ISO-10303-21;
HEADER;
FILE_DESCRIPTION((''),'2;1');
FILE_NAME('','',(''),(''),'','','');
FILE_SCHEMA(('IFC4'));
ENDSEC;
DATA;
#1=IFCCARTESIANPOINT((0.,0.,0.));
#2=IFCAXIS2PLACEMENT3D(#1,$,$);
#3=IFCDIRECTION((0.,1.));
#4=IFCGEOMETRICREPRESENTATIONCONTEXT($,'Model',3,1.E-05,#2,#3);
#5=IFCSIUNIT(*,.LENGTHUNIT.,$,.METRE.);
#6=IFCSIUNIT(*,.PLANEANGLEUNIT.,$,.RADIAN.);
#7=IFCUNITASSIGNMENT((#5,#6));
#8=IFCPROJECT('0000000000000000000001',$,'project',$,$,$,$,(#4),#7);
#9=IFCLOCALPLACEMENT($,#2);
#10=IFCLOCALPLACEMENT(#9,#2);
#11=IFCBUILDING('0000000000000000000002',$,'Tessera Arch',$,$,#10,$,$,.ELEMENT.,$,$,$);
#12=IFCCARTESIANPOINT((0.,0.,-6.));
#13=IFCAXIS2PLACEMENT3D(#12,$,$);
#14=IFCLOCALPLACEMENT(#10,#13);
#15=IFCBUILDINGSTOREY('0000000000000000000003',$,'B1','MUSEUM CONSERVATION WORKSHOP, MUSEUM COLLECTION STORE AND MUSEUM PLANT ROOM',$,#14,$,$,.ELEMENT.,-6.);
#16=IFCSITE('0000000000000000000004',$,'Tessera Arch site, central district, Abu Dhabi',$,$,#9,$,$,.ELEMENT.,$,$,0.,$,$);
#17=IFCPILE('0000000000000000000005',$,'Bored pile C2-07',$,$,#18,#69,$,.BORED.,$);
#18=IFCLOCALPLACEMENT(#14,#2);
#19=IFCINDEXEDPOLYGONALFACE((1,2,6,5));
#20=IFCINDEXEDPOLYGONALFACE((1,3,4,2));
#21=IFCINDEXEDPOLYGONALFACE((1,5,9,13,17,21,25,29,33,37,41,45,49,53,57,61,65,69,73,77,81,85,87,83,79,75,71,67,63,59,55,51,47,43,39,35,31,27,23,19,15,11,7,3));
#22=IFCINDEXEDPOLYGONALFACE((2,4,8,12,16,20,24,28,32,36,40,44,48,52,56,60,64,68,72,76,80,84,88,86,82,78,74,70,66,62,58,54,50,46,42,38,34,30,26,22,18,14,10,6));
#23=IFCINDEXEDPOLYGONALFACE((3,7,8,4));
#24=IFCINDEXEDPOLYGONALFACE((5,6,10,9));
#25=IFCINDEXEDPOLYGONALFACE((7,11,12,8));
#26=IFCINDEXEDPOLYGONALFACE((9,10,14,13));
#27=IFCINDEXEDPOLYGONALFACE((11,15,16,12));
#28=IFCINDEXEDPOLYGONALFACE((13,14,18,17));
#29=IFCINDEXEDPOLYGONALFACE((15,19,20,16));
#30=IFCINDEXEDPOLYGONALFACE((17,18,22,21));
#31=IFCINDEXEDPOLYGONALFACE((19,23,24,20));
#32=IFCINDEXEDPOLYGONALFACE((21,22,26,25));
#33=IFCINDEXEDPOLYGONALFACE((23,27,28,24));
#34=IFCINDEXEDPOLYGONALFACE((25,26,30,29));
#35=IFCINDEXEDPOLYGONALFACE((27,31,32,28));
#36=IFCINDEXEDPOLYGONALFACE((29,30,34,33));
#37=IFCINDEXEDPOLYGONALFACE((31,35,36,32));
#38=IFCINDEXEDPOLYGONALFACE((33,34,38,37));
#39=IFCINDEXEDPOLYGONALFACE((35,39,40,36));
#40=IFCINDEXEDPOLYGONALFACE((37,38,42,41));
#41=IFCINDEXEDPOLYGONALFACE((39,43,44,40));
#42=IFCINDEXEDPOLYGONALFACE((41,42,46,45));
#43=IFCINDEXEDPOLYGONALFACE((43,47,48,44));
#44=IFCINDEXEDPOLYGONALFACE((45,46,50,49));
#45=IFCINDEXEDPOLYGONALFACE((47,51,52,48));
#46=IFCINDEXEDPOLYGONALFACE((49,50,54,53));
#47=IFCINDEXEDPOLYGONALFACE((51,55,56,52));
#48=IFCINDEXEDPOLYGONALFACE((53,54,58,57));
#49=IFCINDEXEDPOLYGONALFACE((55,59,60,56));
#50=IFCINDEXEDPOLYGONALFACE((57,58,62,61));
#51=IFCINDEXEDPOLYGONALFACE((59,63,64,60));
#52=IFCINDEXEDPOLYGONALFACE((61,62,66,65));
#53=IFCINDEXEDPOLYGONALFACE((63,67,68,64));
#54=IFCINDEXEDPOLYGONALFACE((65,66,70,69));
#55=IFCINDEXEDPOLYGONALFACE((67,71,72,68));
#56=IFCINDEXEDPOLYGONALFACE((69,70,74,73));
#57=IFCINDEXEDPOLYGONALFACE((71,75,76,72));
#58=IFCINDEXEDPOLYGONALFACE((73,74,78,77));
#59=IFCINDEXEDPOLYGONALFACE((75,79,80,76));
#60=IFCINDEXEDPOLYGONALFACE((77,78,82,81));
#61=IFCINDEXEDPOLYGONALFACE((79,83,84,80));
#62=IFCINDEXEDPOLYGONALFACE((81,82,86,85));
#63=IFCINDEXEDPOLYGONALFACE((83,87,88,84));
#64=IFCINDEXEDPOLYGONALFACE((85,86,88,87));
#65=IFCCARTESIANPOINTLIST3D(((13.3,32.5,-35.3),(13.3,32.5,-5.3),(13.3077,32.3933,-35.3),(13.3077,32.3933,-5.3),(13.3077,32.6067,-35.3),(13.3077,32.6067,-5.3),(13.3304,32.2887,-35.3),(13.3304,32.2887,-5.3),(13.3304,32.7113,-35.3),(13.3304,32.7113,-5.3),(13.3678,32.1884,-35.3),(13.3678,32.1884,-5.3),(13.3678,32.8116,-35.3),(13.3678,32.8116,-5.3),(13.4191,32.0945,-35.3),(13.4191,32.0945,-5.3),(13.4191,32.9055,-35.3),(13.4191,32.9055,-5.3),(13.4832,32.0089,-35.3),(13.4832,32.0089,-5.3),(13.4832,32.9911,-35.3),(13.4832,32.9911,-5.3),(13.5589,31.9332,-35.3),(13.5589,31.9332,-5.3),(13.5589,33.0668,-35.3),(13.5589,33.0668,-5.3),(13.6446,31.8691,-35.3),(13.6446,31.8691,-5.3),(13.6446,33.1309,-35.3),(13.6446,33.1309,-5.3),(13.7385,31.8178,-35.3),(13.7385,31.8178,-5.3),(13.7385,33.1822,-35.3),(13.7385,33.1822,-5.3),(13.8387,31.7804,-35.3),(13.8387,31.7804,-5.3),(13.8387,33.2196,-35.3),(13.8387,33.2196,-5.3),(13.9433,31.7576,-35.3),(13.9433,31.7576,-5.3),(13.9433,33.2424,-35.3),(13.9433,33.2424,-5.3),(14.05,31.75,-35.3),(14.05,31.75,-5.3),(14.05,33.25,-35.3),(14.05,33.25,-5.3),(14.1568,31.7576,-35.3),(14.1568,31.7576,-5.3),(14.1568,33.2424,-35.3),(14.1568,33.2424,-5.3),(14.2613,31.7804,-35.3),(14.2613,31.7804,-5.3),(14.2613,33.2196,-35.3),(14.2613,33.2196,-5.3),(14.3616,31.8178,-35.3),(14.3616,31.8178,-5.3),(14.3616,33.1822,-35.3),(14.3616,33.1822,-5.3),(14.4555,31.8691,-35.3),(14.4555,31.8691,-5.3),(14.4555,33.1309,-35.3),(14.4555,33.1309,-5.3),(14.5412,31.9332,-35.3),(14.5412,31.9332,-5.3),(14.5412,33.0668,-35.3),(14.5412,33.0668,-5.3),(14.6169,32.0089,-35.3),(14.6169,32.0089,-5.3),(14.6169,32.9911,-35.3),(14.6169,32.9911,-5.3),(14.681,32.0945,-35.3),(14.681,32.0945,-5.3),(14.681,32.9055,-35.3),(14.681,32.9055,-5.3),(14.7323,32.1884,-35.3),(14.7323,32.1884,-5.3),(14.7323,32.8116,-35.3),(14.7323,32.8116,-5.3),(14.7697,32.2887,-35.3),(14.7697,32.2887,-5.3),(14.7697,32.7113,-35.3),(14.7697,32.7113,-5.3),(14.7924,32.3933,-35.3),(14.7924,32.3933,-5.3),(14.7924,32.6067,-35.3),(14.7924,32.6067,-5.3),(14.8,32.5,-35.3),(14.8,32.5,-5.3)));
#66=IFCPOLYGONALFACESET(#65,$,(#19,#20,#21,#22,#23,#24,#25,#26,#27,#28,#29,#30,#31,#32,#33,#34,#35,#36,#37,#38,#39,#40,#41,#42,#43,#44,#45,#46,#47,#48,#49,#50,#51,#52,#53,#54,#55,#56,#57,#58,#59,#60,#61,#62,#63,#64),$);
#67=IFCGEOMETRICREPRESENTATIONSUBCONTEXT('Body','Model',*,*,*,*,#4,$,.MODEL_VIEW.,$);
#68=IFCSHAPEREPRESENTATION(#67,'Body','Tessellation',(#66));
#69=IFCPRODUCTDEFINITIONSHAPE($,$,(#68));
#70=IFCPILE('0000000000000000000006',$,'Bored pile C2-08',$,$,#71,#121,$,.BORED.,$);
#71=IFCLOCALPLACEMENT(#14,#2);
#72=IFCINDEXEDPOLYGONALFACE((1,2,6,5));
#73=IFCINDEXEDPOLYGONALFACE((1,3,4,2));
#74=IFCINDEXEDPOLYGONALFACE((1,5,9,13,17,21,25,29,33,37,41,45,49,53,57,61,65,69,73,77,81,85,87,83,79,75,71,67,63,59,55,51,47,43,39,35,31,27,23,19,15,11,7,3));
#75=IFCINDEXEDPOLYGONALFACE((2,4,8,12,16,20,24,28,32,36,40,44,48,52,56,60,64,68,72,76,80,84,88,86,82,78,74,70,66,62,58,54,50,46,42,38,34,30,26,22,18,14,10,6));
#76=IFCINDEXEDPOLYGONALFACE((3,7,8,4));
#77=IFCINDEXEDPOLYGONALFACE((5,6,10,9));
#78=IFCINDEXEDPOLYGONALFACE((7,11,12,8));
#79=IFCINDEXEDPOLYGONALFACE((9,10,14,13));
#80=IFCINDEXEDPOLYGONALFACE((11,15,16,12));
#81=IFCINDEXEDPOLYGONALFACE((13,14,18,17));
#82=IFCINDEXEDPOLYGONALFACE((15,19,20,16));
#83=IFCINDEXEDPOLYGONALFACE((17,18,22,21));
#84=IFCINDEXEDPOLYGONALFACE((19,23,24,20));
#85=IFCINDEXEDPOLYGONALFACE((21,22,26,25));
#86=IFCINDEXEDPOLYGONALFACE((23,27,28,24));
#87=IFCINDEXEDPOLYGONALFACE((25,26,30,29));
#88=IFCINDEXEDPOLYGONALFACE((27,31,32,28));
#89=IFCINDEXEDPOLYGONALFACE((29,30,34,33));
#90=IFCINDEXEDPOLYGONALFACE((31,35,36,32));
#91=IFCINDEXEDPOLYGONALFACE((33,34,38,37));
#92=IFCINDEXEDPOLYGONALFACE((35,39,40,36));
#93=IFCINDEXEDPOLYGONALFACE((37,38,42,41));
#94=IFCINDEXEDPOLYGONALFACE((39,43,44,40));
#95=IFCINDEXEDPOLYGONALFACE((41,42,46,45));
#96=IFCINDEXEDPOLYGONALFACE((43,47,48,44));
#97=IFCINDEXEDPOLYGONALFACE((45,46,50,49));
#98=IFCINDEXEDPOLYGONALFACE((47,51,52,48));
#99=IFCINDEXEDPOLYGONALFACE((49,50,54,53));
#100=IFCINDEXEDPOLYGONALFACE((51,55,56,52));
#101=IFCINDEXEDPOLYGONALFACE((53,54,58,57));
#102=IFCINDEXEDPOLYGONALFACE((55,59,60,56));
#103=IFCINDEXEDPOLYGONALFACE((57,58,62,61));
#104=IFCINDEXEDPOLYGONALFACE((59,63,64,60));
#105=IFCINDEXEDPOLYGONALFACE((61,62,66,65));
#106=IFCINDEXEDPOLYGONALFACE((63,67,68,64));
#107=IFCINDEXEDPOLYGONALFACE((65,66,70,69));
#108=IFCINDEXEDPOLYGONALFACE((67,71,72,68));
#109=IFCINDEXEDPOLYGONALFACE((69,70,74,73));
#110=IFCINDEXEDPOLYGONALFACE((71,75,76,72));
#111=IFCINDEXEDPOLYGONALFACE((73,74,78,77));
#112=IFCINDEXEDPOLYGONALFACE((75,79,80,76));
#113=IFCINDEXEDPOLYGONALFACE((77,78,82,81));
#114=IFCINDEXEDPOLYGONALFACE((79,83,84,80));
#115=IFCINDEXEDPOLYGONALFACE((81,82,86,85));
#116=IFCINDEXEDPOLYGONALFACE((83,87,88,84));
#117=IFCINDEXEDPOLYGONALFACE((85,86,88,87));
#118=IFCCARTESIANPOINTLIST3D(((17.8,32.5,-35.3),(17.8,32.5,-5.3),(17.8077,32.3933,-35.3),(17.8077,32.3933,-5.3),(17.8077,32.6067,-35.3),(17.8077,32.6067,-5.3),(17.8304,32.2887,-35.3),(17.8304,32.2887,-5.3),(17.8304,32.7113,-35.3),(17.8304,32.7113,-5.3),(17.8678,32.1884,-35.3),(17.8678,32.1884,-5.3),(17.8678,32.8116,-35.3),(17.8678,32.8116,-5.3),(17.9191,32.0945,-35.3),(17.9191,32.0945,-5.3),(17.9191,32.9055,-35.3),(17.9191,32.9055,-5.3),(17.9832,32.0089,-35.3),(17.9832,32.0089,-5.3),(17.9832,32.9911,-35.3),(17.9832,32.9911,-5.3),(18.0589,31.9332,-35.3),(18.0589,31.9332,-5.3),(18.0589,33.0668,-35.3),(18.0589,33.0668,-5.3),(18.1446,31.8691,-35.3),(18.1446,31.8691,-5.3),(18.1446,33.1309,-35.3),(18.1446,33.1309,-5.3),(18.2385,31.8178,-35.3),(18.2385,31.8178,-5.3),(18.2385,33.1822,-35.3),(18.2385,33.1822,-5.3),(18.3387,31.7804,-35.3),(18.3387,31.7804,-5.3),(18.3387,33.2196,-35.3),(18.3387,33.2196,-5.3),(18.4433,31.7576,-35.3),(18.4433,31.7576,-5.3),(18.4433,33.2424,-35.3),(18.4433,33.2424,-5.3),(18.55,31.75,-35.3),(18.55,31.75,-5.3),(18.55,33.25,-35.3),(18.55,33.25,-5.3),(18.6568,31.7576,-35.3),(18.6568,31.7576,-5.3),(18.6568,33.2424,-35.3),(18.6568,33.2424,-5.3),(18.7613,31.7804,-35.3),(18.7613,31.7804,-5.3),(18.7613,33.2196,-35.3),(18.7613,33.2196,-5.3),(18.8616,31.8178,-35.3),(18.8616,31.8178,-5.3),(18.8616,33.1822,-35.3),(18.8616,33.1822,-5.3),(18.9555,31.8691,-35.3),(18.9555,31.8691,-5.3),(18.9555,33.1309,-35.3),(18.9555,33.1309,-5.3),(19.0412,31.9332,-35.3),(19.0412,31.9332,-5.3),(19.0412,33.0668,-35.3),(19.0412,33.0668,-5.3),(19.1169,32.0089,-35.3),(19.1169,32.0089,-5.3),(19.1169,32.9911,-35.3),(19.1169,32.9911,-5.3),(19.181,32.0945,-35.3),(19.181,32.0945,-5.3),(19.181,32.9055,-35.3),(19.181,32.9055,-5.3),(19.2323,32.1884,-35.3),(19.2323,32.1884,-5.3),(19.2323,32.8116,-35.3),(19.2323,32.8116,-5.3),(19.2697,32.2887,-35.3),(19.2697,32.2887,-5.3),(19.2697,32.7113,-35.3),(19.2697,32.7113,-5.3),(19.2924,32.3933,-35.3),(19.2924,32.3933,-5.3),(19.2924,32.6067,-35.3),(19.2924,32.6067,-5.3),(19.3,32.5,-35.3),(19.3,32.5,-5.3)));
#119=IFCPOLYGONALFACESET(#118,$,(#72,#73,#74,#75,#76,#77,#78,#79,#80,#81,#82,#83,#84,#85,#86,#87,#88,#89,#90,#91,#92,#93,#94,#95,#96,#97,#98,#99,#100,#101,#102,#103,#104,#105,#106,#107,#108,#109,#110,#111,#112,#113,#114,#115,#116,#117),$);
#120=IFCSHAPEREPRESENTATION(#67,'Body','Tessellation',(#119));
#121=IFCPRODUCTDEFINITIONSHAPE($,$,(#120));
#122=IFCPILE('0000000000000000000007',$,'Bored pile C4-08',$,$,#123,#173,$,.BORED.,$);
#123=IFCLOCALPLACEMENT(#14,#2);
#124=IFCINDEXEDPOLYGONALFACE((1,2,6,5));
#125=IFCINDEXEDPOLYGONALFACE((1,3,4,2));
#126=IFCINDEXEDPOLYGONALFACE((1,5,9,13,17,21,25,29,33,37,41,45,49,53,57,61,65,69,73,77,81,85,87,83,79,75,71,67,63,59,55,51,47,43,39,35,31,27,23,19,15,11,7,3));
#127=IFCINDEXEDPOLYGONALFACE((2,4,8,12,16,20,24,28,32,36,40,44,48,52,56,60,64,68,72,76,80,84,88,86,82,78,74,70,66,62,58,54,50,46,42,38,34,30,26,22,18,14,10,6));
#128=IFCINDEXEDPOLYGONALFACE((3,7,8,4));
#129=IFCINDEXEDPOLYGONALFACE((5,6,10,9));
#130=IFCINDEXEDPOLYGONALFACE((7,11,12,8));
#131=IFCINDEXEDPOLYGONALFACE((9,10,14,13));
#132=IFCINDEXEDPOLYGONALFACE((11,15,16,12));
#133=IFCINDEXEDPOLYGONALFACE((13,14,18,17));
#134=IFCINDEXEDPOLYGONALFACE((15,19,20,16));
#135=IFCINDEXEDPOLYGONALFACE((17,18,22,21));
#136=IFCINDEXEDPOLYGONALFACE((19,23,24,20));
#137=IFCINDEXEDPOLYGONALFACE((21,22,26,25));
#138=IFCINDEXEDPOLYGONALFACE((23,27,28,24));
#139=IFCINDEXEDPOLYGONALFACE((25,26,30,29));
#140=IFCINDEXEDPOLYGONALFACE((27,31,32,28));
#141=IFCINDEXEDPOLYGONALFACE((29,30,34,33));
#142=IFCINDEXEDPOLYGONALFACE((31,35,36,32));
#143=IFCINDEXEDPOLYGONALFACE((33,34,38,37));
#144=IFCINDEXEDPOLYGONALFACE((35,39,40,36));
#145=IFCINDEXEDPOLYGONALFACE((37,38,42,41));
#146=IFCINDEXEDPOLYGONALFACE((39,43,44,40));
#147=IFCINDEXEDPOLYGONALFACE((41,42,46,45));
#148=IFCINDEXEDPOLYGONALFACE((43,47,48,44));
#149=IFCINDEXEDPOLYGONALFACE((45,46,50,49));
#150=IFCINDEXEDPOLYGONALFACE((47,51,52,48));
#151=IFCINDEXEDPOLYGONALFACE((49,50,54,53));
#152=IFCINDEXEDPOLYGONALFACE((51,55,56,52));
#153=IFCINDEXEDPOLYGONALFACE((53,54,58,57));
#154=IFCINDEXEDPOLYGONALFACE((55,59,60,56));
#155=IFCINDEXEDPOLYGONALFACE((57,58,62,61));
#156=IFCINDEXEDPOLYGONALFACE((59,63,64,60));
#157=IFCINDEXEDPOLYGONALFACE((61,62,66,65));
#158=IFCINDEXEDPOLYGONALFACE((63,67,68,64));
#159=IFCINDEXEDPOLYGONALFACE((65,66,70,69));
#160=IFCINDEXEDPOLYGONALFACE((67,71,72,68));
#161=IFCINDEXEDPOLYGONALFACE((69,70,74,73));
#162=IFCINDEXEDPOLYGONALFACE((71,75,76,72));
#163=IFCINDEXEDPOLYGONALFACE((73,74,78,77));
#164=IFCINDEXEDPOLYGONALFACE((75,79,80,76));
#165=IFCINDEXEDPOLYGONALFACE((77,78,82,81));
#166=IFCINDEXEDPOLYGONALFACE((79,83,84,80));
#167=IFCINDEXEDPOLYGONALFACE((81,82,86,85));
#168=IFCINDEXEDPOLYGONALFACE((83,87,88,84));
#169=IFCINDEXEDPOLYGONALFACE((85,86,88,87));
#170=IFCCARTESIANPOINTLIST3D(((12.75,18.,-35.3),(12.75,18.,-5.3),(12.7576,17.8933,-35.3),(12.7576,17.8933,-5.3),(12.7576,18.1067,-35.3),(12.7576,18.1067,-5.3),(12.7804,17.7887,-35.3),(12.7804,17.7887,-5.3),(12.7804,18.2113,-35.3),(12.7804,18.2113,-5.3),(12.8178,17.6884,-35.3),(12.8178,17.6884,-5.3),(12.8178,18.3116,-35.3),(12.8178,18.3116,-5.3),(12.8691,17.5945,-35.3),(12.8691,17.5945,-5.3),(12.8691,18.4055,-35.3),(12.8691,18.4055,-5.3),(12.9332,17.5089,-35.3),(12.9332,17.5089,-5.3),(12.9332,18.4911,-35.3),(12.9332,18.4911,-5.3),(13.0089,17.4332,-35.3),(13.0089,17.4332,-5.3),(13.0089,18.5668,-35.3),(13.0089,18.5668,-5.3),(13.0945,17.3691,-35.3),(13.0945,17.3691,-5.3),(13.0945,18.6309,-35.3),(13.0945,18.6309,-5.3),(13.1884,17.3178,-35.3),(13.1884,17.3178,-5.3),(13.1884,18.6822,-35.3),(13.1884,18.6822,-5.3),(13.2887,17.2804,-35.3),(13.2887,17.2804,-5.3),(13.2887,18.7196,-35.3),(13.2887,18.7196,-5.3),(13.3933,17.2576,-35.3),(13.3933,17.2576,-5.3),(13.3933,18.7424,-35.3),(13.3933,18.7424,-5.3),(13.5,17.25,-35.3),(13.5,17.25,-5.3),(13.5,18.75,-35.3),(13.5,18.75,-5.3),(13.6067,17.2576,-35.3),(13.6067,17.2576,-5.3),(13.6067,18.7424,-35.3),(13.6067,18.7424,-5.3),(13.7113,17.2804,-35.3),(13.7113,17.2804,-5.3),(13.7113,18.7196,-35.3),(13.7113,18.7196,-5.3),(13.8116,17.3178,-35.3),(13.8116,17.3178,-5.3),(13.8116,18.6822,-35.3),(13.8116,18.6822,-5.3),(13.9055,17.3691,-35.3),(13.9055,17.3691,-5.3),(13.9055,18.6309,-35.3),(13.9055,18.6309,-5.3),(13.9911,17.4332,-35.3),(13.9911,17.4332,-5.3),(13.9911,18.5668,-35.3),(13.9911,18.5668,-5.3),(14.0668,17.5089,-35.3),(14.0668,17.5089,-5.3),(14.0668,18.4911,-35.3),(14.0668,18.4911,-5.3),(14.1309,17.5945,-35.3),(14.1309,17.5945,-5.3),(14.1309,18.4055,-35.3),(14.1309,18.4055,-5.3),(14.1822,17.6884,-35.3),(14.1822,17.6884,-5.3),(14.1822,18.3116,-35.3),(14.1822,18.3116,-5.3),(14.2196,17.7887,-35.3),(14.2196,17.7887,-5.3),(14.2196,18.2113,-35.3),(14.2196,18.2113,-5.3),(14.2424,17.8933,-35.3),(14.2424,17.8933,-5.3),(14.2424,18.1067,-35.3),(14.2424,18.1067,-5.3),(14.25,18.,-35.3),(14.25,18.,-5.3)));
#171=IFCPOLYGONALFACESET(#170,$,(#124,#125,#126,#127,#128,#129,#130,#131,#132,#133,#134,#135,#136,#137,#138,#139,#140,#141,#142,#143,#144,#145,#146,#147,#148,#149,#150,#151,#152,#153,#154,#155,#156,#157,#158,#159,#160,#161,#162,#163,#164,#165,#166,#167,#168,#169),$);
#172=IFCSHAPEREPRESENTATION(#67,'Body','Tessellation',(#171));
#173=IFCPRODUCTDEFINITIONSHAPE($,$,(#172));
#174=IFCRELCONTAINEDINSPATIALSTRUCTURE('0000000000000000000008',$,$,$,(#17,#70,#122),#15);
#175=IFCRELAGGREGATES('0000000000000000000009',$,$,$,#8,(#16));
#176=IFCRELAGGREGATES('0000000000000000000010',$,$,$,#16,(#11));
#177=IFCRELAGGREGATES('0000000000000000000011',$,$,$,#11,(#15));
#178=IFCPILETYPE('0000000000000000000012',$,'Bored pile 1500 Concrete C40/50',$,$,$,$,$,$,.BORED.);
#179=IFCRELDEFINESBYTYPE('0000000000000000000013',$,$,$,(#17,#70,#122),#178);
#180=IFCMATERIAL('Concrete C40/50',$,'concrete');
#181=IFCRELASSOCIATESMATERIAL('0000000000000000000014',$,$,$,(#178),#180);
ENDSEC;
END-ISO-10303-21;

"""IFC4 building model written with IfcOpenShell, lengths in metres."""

from ifc_helpers import new_model, si_unit, direction, frame, origin, origin_2d, place, context, subcontext, project, spatial, circle, extrude, material, type_object, element, save


model = new_model("IFC4")

# Units and contexts
model_context = context("Model", 3, precision=1e-05, world=origin(), true_north=direction((0.0, 1.0)))
body_context = subcontext(model_context, "Body", "Model", "MODEL_VIEW")
ifc_project = project(units=[si_unit("LENGTHUNIT", "METRE"), si_unit("PLANEANGLEUNIT", "RADIAN")], contexts=[model_context])

# Site, building, storey
site_placement = place(None, origin())
site = spatial("IfcSite", under=ifc_project, at=site_placement, Name="Tessera Arch site, central district, Abu Dhabi", CompositionType="ELEMENT", RefElevation=0.0)
building_placement = place(site_placement, origin())
building = spatial("IfcBuilding", under=site, at=building_placement, Name="Tessera Arch", CompositionType="ELEMENT")
storey_placement = place(building_placement, frame((0.0, 0.0, -6.0)))
storey = spatial("IfcBuildingStorey", under=building, at=storey_placement, Name="B1", Description="MUSEUM CONSERVATION WORKSHOP, MUSEUM COLLECTION STORE AND MUSEUM PLANT ROOM", CompositionType="ELEMENT", Elevation=-6.0)

# Piles
ifc_material_1 = material(Name="Concrete C40/50", Category="concrete")
pile_type = type_object("IfcPileType", Name="Bored pile 1500 Concrete C40/50", PredefinedType="BORED", material=ifc_material_1)
for number, where, z_axis, x_axis, name in (
    (1, (14.05, 32.5, -5.3), (0.0, 0.0, -1.0), (1.0, 0.0, 0.0), "Bored pile C2-07"),
    (2, (18.55, 32.5, -5.3), (0.0, 0.0, -1.0), (1.0, 0.0, 0.0), "Bored pile C2-08"),
    (3, (13.5, 18.0, -5.3), (0.0, 0.0, -1.0), (1.0, 0.0, 0.0), "Bored pile C4-08"),
):
    element("IfcPile", number, at=place(storey_placement, frame(where, z_axis=z_axis, x_axis=x_axis)), inside=storey, type_object=pile_type, Name=name, PredefinedType="BORED", context=body_context, shape_type="SweptSolid", body=[
        extrude(circle(Radius=0.75, at=origin_2d()), origin(), (0.0, 0.0, 1.0), 30.0),
    ])

save(model, "model.ifc")
